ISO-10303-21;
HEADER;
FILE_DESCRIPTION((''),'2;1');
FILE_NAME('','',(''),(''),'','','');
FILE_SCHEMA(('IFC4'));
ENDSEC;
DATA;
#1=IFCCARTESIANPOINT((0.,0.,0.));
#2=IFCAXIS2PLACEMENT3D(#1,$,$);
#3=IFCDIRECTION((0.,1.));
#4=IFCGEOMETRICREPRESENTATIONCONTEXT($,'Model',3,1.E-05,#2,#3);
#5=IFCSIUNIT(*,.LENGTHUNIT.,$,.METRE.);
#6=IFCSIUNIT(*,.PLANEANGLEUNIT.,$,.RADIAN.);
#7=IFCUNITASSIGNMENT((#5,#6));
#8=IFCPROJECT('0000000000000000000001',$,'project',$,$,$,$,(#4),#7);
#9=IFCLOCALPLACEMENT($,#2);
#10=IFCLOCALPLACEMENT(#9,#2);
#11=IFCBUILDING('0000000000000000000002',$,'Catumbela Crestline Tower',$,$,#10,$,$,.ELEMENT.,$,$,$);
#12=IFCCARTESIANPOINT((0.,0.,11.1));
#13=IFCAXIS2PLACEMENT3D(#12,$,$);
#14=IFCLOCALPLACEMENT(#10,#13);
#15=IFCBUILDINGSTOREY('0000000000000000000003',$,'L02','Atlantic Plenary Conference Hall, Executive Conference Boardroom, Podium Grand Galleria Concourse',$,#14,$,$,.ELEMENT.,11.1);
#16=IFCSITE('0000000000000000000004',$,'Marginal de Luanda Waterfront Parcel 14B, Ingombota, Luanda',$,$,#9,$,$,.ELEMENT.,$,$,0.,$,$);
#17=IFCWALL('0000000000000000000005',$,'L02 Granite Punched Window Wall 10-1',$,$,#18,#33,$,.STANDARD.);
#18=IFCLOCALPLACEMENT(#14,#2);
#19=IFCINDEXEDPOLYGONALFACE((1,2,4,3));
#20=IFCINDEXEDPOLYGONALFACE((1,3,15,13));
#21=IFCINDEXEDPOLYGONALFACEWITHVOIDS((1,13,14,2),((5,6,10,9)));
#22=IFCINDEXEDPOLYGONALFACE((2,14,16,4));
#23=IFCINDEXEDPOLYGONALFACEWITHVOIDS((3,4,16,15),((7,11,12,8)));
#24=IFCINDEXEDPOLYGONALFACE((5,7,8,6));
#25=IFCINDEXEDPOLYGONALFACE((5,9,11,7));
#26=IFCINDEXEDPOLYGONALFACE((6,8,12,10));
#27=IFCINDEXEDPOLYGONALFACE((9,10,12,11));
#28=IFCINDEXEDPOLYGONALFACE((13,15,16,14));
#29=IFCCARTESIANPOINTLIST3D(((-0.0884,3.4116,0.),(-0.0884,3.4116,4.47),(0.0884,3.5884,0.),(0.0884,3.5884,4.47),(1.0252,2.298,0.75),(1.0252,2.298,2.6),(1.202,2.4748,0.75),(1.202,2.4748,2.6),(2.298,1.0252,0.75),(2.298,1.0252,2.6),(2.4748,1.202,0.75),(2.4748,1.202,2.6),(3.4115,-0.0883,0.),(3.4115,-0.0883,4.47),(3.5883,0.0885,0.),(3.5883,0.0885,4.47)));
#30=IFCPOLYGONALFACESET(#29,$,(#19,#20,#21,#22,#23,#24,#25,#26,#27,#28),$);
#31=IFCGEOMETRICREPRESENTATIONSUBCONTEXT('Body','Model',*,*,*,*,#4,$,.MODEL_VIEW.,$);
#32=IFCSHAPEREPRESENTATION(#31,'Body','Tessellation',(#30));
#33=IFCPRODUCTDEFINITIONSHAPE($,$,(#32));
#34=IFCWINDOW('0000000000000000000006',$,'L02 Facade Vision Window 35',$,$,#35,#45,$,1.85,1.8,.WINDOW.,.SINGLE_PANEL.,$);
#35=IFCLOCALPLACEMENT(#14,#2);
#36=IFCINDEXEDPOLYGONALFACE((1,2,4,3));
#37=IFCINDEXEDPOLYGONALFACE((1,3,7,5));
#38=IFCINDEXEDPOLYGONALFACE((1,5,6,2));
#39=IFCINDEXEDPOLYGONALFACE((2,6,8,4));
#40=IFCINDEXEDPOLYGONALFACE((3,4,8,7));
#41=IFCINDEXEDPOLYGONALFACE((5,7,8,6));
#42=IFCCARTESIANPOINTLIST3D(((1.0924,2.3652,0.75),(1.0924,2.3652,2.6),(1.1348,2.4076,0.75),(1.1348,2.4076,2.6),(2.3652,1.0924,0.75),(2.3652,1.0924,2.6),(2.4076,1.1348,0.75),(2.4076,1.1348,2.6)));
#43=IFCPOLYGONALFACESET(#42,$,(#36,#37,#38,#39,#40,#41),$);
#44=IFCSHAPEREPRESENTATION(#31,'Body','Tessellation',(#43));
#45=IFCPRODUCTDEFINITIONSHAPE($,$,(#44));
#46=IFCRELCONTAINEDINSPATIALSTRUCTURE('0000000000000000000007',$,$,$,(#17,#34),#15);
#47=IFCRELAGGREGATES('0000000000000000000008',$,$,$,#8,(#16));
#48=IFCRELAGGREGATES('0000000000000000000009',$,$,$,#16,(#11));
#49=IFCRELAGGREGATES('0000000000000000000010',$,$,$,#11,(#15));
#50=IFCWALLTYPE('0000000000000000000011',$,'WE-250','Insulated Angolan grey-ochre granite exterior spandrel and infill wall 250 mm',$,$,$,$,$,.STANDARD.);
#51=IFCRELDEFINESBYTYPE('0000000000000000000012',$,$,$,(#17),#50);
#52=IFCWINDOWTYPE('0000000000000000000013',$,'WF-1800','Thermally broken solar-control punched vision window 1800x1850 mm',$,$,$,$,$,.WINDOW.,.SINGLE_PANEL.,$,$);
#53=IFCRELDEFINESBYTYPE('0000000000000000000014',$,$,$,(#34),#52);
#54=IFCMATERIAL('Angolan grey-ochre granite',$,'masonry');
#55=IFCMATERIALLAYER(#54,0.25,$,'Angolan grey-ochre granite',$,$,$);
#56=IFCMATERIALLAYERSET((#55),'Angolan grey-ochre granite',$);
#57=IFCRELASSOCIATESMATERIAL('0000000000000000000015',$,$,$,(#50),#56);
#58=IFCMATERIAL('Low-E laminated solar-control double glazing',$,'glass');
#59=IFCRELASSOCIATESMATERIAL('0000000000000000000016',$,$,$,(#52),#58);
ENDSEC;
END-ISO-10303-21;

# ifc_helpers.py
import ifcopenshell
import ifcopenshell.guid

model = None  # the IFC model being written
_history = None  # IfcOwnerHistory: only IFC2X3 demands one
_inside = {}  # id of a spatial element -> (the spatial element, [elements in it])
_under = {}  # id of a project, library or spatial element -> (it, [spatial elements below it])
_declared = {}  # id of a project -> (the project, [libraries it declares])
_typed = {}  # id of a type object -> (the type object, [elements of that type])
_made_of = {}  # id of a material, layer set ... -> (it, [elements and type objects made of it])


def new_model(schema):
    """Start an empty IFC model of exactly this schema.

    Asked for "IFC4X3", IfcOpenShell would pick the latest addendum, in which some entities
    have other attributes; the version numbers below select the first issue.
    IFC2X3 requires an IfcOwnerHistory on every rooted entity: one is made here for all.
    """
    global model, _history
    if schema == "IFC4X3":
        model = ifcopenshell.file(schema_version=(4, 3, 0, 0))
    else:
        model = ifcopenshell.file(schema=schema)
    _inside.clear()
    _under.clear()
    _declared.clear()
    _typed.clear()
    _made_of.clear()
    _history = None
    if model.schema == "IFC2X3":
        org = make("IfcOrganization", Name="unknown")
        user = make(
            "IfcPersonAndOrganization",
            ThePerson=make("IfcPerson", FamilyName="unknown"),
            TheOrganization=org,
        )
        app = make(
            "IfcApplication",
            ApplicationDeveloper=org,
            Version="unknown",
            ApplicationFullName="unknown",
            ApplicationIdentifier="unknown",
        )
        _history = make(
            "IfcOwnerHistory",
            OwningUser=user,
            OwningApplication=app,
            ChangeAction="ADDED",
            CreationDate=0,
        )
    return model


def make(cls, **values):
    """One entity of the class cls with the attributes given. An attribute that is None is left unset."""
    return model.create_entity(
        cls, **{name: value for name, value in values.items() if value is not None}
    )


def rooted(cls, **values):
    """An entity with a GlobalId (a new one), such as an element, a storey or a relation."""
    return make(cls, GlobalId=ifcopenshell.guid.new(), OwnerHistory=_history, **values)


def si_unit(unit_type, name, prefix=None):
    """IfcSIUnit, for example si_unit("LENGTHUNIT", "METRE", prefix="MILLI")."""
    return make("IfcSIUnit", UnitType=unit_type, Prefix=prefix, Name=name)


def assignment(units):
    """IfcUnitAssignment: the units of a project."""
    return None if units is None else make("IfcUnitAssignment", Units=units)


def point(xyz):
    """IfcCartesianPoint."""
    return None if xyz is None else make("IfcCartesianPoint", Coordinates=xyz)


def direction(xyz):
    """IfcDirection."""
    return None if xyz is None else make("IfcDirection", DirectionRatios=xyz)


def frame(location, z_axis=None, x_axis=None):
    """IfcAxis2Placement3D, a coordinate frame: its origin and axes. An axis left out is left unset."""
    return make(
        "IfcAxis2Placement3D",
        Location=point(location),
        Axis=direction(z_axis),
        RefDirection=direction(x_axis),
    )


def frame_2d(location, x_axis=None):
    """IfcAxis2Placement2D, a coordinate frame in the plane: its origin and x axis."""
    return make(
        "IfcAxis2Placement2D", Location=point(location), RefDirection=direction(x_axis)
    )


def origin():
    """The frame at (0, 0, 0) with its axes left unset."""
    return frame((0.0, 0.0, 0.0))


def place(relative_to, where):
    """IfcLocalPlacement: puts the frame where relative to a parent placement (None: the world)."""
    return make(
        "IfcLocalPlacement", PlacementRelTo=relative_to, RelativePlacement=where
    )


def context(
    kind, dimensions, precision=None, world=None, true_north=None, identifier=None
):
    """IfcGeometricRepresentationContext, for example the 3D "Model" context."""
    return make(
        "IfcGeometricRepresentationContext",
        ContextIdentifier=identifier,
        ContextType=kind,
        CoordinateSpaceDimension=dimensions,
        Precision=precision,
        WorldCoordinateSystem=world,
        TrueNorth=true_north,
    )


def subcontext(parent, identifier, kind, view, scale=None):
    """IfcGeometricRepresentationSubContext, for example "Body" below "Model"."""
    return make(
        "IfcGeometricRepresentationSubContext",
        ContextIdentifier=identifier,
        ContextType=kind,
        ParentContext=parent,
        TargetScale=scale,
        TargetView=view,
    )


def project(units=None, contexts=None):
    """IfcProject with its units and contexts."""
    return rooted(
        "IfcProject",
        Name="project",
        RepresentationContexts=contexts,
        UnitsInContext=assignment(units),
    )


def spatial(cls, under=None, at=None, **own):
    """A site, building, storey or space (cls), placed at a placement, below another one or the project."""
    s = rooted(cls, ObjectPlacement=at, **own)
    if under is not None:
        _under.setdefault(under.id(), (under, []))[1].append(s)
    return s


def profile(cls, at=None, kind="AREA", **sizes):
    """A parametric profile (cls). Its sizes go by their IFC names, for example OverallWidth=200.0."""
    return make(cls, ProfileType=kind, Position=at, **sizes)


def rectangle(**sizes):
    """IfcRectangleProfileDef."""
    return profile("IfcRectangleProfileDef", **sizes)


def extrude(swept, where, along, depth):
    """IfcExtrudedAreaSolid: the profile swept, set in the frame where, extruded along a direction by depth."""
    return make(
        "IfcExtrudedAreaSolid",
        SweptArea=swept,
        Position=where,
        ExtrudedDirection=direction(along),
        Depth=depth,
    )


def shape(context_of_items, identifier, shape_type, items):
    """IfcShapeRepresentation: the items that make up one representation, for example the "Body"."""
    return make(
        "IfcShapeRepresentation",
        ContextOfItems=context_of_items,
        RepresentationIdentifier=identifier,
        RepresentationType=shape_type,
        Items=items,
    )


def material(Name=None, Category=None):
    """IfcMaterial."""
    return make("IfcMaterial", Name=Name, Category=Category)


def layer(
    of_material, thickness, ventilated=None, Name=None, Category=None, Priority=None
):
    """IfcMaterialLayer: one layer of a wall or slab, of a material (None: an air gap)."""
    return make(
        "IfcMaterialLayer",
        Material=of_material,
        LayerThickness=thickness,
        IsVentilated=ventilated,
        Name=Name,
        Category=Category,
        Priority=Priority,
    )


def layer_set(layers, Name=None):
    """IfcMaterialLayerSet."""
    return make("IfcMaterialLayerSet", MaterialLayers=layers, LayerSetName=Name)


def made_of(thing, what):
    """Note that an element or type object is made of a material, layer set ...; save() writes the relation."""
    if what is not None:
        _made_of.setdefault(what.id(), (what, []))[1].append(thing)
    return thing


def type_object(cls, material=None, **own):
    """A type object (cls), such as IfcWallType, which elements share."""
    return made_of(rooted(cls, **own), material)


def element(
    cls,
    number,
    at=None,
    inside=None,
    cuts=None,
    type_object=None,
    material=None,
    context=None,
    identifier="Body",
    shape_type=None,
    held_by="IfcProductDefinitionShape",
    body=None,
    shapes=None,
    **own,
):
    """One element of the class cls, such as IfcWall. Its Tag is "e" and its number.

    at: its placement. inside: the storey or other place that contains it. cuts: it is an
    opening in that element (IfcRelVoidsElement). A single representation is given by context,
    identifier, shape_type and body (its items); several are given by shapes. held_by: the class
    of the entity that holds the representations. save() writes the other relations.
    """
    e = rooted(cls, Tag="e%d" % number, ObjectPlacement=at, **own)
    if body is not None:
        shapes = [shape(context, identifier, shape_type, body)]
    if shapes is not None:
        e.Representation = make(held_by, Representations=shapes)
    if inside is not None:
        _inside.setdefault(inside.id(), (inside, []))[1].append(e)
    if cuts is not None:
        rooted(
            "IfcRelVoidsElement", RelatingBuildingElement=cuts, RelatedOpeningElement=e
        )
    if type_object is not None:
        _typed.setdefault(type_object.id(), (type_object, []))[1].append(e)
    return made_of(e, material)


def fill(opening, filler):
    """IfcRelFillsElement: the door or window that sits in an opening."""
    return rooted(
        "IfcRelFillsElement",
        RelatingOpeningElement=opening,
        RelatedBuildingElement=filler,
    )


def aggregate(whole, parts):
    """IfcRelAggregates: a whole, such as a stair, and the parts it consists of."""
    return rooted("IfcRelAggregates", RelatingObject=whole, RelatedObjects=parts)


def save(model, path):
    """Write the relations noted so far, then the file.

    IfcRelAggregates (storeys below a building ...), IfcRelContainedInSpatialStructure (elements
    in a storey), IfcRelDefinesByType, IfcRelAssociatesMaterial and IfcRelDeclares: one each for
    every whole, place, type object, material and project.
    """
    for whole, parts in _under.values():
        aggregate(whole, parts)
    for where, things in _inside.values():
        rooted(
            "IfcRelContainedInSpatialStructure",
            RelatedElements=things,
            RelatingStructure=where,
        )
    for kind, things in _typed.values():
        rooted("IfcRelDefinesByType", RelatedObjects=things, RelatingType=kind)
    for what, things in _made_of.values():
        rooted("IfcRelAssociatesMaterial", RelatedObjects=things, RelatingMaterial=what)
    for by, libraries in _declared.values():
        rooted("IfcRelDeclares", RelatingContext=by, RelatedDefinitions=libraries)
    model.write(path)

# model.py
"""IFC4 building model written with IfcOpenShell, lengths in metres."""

from ifc_helpers import new_model, si_unit, direction, frame, frame_2d, origin, place, context, subcontext, project, spatial, rectangle, extrude, material, layer, layer_set, type_object, element, fill, save


model = new_model("IFC4")

# Units and contexts
model_context = context("Model", 3, precision=1e-05, world=origin(), true_north=direction((0.0, 1.0)))
body_context = subcontext(model_context, "Body", "Model", "MODEL_VIEW")
ifc_project = project(units=[si_unit("LENGTHUNIT", "METRE"), si_unit("PLANEANGLEUNIT", "RADIAN")], contexts=[model_context])

# Site, building, storey
site_placement = place(None, origin())
site = spatial("IfcSite", under=ifc_project, at=site_placement, Name="Marginal de Luanda Waterfront Parcel 14B, Ingombota, Luanda", CompositionType="ELEMENT", RefElevation=0.0)
building_placement = place(site_placement, origin())
building = spatial("IfcBuilding", under=site, at=building_placement, Name="Catumbela Crestline Tower", CompositionType="ELEMENT")
storey_placement = place(building_placement, frame((0.0, 0.0, 11.1)))
storey = spatial("IfcBuildingStorey", under=building, at=storey_placement, Name="L02", Description="Atlantic Plenary Conference Hall, Executive Conference Boardroom, Podium Grand Galleria Concourse", CompositionType="ELEMENT", Elevation=11.1)

# Shared definitions
ifc_material_1 = material(Name="Low-E laminated solar-control double glazing", Category="glass")

# Wall, opening, window
ifc_material_2 = material(Name="Angolan grey-ochre granite", Category="masonry")
ifc_layer_1 = layer(ifc_material_2, 0.25, Name="Angolan grey-ochre granite")
ifc_layer_set_1 = layer_set([ifc_layer_1], Name="Angolan grey-ochre granite")
wall_type = type_object("IfcWallType", Name="WE-250", Description="Insulated Angolan grey-ochre granite exterior spandrel and infill wall 250 mm", PredefinedType="STANDARD", material=ifc_layer_set_1)
window_type = type_object("IfcWindowType", Name="WF-1800", Description="Thermally broken solar-control punched vision window 1800x1850 mm", PartitioningType="SINGLE_PANEL", PredefinedType="WINDOW", material=ifc_material_1)
wall_1_placement = place(storey_placement, frame((0.0, 3.5, 0.0), z_axis=(0.0, 0.0, 1.0), x_axis=(0.707107, -0.707107, 0.0)))
wall_1 = element("IfcWall", 1, at=wall_1_placement, inside=storey, type_object=wall_type, Name="L02 Granite Punched Window Wall 10-1", PredefinedType="STANDARD", context=body_context, shape_type="SweptSolid", body=[
    extrude(rectangle(XDim=4.9497, YDim=0.25, at=frame_2d((2.4748, 0.0))), origin(), (0.0, 0.0, 1.0), 4.47),
])
opening_1_placement = place(wall_1_placement, frame((1.5749, 0.0, 0.75)))
opening_1 = element("IfcOpeningElement", 2, at=opening_1_placement, cuts=wall_1, PredefinedType="OPENING", context=body_context, shape_type="SweptSolid", body=[
    extrude(rectangle(XDim=1.8, YDim=1.85, at=frame_2d((0.9, 0.925))), frame((0.0, 0.135, 0.0), z_axis=(0.0, -1.0, 0.0), x_axis=(1.0, 0.0, 0.0)), (0.0, 0.0, 1.0), 0.27),
])
window_1_placement = place(opening_1_placement, origin())
window_1 = element("IfcWindow", 3, at=window_1_placement, inside=storey, type_object=window_type, Name="L02 Facade Vision Window 35", OverallHeight=1.85, OverallWidth=1.8, PartitioningType="SINGLE_PANEL", PredefinedType="WINDOW", context=body_context, shape_type="SweptSolid", body=[
    extrude(rectangle(XDim=1.8, YDim=1.85, at=frame_2d((0.9, 0.925))), frame((0.0, 0.03, 0.0), z_axis=(0.0, -1.0, 0.0), x_axis=(1.0, 0.0, 0.0)), (0.0, 0.0, 1.0), 0.06),
])
fill(opening_1, window_1)

save(model, "model.ifc")
